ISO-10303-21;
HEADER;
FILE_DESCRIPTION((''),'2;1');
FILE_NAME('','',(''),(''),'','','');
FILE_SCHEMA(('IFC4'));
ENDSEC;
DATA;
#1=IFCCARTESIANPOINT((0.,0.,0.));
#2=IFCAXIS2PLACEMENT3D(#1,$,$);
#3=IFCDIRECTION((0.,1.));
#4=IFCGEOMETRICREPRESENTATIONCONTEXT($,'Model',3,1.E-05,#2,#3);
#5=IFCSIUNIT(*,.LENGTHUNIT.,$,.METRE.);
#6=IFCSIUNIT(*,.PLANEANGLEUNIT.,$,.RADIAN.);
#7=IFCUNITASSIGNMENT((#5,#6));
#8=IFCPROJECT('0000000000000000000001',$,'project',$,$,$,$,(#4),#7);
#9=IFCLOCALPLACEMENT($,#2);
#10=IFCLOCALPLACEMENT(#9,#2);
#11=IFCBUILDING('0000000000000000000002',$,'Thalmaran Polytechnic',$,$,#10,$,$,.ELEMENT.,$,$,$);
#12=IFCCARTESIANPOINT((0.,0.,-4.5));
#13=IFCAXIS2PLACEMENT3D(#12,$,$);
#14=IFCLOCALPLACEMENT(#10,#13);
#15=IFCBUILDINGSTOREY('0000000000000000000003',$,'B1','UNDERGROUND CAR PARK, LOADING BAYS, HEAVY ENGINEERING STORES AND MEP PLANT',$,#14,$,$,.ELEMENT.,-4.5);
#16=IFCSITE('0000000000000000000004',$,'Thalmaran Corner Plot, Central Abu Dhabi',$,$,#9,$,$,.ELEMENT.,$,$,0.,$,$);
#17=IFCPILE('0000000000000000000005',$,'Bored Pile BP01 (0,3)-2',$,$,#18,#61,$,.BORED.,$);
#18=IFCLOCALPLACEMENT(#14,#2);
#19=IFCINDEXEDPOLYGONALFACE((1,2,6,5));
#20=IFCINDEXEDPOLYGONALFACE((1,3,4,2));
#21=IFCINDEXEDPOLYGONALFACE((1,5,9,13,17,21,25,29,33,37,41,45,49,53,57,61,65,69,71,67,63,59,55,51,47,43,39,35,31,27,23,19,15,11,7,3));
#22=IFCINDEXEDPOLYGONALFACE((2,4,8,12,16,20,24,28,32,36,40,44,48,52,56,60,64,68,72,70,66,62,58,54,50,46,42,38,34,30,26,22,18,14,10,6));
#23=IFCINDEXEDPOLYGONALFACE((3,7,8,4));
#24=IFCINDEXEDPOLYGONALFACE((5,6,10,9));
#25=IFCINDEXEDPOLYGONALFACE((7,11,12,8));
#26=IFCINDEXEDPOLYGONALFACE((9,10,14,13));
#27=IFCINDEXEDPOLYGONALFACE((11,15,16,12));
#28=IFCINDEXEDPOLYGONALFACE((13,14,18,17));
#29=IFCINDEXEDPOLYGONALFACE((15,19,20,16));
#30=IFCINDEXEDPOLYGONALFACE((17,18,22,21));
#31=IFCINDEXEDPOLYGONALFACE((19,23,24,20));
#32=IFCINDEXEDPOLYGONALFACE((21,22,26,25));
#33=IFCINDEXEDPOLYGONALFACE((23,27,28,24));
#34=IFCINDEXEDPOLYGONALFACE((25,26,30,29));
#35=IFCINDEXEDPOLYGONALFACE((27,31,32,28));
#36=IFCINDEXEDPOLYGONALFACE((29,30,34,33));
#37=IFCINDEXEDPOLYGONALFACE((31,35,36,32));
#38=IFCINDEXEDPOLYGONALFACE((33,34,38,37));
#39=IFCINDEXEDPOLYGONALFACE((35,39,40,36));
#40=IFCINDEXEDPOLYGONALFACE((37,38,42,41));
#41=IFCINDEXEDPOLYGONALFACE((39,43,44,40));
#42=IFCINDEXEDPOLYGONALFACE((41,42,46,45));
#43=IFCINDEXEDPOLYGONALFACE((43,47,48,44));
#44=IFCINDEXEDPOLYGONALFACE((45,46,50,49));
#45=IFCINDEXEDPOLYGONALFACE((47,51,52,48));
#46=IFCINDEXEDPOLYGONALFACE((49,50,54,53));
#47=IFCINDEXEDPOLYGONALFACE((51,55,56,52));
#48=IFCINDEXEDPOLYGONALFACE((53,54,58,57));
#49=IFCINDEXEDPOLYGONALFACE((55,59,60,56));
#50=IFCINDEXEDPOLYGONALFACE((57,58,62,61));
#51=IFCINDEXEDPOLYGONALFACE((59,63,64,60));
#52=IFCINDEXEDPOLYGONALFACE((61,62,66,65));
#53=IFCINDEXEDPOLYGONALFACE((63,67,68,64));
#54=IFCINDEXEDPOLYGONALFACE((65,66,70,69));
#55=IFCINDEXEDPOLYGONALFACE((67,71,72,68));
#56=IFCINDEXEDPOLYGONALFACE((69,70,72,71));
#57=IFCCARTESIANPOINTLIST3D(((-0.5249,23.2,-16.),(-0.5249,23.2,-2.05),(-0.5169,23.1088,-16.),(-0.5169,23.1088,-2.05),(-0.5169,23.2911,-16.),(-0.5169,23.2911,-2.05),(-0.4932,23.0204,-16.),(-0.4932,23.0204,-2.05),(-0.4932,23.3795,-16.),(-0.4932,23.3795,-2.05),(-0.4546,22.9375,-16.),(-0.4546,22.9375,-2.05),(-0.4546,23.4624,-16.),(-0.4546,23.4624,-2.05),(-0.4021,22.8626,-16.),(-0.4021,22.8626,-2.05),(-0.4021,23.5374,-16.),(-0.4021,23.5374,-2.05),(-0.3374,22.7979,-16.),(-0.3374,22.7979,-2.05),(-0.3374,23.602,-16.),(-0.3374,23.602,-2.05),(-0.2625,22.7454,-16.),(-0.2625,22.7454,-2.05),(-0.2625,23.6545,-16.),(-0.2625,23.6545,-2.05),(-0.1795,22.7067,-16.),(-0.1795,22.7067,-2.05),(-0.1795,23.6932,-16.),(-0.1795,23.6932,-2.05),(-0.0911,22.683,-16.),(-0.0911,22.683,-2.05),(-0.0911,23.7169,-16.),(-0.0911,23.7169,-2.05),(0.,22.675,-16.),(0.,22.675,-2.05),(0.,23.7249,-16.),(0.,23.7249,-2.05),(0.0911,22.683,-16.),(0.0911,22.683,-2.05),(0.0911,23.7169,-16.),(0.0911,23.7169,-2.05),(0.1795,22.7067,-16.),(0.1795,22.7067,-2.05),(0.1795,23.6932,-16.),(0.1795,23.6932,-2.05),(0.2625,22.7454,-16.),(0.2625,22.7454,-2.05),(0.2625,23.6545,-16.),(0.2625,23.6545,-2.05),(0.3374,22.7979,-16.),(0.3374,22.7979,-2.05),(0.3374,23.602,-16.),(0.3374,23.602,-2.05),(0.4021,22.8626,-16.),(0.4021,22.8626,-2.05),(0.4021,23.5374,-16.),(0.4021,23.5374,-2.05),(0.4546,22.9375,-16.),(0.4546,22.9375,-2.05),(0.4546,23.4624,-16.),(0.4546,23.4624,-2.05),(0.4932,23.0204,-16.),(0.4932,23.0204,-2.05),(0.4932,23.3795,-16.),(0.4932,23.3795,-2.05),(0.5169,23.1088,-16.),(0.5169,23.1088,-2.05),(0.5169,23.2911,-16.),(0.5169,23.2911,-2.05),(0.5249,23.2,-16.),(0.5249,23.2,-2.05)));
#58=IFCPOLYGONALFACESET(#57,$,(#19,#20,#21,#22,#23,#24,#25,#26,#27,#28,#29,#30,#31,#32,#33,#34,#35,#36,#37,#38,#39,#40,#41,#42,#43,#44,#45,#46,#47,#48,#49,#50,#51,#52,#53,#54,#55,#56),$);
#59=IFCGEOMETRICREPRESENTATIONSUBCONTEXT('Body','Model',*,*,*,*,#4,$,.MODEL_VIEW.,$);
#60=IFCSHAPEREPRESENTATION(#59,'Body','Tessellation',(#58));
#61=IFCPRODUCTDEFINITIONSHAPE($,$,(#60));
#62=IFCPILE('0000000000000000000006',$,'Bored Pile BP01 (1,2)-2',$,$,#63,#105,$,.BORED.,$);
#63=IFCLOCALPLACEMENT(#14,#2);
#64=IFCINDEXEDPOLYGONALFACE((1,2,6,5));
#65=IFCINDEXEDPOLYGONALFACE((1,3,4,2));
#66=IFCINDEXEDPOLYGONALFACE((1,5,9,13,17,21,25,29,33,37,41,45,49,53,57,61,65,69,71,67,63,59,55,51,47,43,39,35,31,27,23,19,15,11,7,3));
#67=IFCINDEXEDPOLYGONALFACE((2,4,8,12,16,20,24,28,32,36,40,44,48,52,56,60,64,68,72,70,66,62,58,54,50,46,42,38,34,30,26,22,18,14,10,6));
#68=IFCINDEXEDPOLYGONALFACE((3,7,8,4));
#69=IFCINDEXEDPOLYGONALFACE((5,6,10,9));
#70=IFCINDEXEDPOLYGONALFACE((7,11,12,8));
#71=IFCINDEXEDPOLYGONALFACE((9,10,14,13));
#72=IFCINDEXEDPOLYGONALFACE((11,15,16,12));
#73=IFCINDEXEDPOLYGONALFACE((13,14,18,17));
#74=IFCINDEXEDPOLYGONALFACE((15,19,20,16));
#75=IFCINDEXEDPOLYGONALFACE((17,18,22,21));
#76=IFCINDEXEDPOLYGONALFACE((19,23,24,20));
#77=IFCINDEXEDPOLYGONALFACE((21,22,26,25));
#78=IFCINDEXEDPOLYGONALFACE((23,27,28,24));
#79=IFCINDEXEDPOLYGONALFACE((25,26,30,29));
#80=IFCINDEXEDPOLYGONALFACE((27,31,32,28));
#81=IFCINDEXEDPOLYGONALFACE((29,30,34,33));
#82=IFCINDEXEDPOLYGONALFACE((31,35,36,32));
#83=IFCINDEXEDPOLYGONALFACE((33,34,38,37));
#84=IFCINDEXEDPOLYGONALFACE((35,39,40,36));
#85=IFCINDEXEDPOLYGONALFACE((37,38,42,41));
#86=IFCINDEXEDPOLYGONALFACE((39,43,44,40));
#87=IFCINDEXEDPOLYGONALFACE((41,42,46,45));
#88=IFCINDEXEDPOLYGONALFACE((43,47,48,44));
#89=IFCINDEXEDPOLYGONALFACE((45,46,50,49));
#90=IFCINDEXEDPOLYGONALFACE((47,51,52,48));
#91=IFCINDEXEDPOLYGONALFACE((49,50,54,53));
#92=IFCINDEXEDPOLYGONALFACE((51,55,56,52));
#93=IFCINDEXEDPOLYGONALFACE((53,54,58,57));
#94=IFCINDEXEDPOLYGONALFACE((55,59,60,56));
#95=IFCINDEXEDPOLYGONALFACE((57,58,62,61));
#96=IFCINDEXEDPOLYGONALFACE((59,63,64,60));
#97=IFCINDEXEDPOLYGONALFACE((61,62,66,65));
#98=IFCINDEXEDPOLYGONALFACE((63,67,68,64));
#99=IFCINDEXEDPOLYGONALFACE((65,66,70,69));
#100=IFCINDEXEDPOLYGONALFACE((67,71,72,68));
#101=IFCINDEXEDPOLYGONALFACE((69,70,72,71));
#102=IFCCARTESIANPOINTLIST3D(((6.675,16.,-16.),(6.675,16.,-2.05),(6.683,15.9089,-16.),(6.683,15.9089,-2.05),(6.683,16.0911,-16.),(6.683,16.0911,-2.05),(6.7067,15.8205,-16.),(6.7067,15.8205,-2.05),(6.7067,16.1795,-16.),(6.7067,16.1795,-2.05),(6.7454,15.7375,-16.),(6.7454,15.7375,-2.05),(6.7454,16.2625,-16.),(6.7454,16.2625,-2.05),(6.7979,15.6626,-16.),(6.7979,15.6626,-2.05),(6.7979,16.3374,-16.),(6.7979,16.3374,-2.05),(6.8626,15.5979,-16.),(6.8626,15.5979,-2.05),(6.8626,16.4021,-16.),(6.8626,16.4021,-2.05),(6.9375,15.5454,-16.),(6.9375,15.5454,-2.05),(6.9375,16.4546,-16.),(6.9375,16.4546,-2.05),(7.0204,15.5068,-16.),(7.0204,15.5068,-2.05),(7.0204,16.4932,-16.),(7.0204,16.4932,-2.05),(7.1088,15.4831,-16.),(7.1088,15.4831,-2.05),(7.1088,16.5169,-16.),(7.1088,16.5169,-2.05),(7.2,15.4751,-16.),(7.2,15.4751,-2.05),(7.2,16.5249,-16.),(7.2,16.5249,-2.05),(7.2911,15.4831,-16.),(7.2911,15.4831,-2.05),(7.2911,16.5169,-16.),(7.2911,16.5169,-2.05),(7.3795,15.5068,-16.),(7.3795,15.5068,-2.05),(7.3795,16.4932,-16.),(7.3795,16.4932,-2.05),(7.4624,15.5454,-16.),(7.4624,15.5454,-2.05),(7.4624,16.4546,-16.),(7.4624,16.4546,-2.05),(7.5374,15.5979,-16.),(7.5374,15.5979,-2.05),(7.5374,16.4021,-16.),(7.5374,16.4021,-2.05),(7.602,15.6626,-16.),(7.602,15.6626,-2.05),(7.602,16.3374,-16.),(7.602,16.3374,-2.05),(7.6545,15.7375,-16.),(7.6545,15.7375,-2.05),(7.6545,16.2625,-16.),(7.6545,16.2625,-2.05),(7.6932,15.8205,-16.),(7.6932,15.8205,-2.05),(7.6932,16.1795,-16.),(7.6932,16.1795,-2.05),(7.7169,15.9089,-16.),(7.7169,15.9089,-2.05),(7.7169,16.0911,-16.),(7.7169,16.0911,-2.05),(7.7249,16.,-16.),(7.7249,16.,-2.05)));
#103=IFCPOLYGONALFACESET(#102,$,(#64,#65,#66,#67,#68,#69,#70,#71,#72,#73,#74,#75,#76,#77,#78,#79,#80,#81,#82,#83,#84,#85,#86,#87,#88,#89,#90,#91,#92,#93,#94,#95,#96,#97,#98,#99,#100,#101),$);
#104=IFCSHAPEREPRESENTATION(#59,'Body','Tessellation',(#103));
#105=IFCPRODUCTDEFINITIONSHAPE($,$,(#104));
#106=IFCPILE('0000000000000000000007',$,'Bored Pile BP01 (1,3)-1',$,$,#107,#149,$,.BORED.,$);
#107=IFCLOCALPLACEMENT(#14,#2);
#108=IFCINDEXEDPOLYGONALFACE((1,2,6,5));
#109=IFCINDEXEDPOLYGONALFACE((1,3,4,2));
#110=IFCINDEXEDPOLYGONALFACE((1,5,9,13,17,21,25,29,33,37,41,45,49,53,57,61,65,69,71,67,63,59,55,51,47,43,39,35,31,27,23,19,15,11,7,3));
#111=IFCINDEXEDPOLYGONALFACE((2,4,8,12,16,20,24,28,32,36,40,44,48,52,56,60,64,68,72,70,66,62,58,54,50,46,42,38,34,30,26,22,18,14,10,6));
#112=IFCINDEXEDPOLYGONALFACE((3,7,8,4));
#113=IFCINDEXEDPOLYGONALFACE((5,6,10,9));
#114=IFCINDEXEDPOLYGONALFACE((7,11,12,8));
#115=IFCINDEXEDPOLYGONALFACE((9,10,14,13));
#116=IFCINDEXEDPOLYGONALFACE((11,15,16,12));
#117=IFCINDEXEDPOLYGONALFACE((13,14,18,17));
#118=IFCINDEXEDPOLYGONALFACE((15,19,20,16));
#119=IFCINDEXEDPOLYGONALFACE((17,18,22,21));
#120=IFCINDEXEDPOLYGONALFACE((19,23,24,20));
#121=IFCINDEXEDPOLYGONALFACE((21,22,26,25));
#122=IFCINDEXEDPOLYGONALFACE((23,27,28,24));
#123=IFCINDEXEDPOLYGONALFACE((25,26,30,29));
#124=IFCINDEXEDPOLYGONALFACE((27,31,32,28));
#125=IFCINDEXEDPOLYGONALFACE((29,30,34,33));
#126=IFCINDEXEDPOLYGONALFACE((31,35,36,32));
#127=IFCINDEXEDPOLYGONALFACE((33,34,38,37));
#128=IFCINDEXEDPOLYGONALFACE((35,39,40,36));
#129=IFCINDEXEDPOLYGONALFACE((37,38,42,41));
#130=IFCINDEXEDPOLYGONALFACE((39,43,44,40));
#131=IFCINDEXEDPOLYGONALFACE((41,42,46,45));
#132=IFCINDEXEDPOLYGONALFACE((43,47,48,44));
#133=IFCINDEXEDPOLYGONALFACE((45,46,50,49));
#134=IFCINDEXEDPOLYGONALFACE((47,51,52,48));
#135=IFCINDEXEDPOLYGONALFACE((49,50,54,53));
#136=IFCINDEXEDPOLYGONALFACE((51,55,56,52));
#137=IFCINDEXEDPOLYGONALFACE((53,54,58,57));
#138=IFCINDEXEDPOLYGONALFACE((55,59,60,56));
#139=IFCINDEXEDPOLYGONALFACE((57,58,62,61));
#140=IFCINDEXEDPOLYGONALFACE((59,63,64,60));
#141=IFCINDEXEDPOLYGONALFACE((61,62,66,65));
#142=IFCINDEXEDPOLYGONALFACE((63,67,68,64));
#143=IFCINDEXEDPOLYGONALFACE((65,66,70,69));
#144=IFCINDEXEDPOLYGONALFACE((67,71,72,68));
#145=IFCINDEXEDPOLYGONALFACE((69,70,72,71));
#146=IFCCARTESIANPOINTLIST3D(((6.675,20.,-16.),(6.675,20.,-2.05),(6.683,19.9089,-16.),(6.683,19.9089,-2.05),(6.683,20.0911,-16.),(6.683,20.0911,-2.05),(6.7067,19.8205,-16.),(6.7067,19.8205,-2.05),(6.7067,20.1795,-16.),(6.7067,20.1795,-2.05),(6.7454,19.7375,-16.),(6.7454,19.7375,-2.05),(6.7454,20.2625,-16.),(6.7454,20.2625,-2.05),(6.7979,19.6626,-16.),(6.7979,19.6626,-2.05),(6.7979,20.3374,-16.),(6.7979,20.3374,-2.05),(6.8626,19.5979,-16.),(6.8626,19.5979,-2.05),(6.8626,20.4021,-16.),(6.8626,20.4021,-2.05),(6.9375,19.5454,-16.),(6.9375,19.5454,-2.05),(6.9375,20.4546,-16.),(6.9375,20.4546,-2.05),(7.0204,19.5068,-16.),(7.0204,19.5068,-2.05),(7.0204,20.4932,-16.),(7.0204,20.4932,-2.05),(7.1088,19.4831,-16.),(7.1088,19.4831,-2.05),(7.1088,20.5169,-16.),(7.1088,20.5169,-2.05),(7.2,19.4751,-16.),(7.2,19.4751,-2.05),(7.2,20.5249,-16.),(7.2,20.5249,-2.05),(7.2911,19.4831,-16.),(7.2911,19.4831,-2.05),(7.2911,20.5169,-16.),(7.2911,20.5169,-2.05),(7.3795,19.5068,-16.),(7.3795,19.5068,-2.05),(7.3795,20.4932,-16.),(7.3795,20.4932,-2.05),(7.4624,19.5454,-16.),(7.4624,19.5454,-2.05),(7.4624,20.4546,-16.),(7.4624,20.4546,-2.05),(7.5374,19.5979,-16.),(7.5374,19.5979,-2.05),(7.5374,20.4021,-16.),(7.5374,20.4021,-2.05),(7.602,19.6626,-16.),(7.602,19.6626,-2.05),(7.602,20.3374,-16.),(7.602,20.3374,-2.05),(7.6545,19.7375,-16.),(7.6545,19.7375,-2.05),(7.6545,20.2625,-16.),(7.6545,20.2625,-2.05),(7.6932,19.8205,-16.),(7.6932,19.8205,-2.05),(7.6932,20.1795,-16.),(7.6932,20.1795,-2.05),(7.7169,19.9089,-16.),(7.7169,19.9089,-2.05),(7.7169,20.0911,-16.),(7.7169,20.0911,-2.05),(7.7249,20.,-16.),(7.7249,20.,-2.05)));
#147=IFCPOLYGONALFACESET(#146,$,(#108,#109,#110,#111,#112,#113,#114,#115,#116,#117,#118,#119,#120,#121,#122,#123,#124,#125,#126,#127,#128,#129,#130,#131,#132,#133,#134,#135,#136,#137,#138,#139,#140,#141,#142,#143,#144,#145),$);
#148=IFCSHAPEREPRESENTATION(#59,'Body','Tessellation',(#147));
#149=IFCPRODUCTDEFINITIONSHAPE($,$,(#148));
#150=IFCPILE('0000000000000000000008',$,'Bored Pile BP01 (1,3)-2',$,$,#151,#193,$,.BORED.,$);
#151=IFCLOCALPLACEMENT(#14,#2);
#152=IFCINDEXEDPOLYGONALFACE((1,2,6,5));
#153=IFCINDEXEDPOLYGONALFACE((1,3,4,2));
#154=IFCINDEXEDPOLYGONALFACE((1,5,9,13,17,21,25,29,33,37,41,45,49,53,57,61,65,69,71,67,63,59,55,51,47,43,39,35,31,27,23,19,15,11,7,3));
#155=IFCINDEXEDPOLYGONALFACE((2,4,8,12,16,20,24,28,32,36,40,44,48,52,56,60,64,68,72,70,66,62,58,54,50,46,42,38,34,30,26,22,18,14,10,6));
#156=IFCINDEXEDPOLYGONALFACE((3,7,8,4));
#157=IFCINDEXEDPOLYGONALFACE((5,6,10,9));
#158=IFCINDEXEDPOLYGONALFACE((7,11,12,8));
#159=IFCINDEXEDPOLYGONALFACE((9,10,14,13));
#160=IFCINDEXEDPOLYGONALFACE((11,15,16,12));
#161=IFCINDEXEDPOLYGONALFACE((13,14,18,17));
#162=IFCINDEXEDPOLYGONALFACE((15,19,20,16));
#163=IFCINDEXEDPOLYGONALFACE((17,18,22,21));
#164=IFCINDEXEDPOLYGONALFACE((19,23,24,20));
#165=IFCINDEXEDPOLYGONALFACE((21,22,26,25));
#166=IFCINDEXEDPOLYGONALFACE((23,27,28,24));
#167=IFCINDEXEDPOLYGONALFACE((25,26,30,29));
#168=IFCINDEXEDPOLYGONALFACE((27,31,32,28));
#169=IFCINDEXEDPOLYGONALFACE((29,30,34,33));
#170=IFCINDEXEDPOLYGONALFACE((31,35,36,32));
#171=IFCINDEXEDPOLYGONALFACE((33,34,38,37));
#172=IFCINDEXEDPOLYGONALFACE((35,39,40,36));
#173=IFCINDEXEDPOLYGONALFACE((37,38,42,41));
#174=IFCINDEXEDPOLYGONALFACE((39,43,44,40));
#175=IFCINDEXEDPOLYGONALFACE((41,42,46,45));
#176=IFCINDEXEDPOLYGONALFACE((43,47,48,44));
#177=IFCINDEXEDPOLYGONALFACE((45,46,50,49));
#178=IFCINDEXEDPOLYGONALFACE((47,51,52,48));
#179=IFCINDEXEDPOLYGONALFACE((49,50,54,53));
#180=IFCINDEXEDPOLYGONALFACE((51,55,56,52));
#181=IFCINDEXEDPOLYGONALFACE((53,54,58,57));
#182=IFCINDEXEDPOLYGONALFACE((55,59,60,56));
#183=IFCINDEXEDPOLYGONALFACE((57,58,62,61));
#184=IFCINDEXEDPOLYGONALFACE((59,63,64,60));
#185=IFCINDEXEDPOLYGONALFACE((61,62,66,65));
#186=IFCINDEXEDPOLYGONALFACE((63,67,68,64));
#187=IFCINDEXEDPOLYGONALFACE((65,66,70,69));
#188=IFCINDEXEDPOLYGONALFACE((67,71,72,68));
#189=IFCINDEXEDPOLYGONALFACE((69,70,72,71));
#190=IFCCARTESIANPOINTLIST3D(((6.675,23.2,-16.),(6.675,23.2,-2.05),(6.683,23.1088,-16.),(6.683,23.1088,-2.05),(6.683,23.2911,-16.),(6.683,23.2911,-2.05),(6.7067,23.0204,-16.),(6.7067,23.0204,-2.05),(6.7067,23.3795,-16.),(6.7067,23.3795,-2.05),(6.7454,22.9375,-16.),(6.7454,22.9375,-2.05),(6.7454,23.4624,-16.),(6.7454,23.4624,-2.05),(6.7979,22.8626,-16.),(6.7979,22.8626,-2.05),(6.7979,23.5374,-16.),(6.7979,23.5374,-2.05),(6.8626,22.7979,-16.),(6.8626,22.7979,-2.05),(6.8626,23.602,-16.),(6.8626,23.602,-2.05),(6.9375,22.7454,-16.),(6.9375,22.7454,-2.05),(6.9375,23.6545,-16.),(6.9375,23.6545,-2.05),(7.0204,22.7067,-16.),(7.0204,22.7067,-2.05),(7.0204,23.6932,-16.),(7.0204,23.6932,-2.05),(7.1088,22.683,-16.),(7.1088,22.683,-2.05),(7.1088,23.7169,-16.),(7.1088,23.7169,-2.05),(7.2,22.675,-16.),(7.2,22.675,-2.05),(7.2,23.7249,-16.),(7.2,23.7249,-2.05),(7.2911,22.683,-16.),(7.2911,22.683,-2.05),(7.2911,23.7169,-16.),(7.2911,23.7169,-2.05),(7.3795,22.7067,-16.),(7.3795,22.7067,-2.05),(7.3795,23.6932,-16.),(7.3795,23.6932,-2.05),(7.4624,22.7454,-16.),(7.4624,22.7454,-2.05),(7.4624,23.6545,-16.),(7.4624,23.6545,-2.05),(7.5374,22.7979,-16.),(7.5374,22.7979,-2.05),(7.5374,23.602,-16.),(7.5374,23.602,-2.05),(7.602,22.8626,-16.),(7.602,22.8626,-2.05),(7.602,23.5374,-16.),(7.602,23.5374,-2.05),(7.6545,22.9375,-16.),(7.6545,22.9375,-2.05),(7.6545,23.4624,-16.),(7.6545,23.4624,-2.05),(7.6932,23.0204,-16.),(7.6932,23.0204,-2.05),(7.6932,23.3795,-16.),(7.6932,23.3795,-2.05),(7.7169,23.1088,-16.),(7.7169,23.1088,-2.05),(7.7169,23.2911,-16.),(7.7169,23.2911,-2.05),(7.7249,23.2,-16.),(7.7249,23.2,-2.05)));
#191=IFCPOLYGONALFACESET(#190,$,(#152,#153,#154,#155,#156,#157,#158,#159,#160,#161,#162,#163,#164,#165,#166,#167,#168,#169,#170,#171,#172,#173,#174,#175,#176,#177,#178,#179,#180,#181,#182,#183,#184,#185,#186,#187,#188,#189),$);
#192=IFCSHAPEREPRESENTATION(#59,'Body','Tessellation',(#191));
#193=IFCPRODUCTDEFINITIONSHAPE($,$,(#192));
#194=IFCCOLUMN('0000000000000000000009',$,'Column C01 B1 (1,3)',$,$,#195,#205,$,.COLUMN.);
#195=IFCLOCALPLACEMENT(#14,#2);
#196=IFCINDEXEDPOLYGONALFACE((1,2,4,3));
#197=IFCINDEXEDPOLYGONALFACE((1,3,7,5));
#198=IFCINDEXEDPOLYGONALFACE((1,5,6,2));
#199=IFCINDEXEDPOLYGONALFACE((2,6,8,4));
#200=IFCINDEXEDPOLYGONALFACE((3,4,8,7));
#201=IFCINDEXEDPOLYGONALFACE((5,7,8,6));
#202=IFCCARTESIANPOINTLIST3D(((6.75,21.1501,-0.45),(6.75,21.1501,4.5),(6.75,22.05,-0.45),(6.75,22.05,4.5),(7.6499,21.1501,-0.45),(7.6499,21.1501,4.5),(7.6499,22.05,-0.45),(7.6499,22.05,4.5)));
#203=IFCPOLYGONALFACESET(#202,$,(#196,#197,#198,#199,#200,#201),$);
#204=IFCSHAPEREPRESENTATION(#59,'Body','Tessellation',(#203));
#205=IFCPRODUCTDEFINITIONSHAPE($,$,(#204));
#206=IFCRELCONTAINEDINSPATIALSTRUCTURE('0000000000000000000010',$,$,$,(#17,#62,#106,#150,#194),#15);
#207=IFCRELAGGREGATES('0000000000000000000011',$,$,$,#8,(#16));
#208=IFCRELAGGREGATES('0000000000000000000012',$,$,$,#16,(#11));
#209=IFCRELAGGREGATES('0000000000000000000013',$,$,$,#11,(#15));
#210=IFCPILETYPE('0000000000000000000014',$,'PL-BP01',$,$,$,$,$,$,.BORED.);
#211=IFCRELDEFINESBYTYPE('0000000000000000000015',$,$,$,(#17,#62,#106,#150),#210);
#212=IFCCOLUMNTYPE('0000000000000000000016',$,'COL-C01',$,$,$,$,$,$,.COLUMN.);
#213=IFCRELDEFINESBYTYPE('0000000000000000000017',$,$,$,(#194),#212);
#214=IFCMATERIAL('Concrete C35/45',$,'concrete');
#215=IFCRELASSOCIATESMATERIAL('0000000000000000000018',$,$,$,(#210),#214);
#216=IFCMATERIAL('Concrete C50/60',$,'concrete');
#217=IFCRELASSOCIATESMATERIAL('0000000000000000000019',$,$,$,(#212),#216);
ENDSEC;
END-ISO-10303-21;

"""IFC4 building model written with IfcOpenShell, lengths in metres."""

from ifc_helpers import new_model, si_unit, direction, frame, origin, origin_2d, place, context, subcontext, project, spatial, rectangle, circle, extrude, material, material_profile, profile_set, type_object, element, save


model = new_model("IFC4")

# Units and contexts
model_context = context("Model", 3, precision=1e-05, world=origin(), true_north=direction((0.0, 1.0)))
body_context = subcontext(model_context, "Body", "Model", "MODEL_VIEW")
ifc_project = project(units=[si_unit("LENGTHUNIT", "METRE"), si_unit("PLANEANGLEUNIT", "RADIAN")], contexts=[model_context])

# Site, building, storey
site_placement = place(None, origin())
site = spatial("IfcSite", under=ifc_project, at=site_placement, Name="Thalmaran Corner Plot, Central Abu Dhabi", CompositionType="ELEMENT", RefElevation=0.0)
building_placement = place(site_placement, origin())
building = spatial("IfcBuilding", under=site, at=building_placement, Name="Thalmaran Polytechnic", CompositionType="ELEMENT")
storey_placement = place(building_placement, frame((0.0, 0.0, -4.5)))
storey = spatial("IfcBuildingStorey", under=building, at=storey_placement, Name="B1", Description="UNDERGROUND CAR PARK, LOADING BAYS, HEAVY ENGINEERING STORES AND MEP PLANT", CompositionType="ELEMENT", Elevation=-4.5)

# Piles
ifc_material_1 = material(Name="Concrete C35/45", Category="concrete")
ifc_material_profile_1 = material_profile(ifc_material_1, circle(Radius=0.5249, at=origin_2d()), Name="RC 1050 DIA")
ifc_profile_set_1 = profile_set([ifc_material_profile_1], Name="Concrete C35/45")
pile_type = type_object("IfcPileType", Name="PL-BP01", PredefinedType="BORED", material=ifc_profile_set_1)
for number, where, z_axis, x_axis, name in (
    (1, (0.0, 23.2, -2.05), (0.0, 0.0, -1.0), (1.0, 0.0, 0.0), "Bored Pile BP01 (0,3)-2"),
    (2, (7.2, 16.0, -2.05), (0.0, 0.0, -1.0), (1.0, 0.0, 0.0), "Bored Pile BP01 (1,2)-2"),
    (3, (7.2, 20.0, -2.05), (0.0, 0.0, -1.0), (1.0, 0.0, 0.0), "Bored Pile BP01 (1,3)-1"),
    (4, (7.2, 23.2, -2.05), (0.0, 0.0, -1.0), (1.0, 0.0, 0.0), "Bored Pile BP01 (1,3)-2"),
):
    element("IfcPile", number, at=place(storey_placement, frame(where, z_axis=z_axis, x_axis=x_axis)), inside=storey, type_object=pile_type, Name=name, PredefinedType="BORED", context=body_context, shape_type="SweptSolid", body=[
        extrude(circle(Radius=0.5249, at=origin_2d()), origin(), (0.0, 0.0, 1.0), 13.95),
    ])

# Column
ifc_material_2 = material(Name="Concrete C50/60", Category="concrete")
ifc_material_profile_2 = material_profile(ifc_material_2, rectangle(XDim=0.8999, YDim=0.8999, at=origin_2d()), Name="RC 900x900")
ifc_profile_set_2 = profile_set([ifc_material_profile_2], Name="Concrete C50/60")
column_type_1 = type_object("IfcColumnType", Name="COL-C01", PredefinedType="COLUMN", material=ifc_profile_set_2)
column_1_placement = place(storey_placement, frame((7.2, 21.6001, -0.45), z_axis=(0.0, 0.0, 1.0), x_axis=(1.0, 0.0, 0.0)))
element("IfcColumn", 5, at=column_1_placement, inside=storey, type_object=column_type_1, Name="Column C01 B1 (1,3)", PredefinedType="COLUMN", context=body_context, shape_type="SweptSolid", body=[
    extrude(rectangle(XDim=0.8999, YDim=0.8999, at=origin_2d()), origin(), (0.0, 0.0, 1.0), 4.95),
])

save(model, "model.ifc")
